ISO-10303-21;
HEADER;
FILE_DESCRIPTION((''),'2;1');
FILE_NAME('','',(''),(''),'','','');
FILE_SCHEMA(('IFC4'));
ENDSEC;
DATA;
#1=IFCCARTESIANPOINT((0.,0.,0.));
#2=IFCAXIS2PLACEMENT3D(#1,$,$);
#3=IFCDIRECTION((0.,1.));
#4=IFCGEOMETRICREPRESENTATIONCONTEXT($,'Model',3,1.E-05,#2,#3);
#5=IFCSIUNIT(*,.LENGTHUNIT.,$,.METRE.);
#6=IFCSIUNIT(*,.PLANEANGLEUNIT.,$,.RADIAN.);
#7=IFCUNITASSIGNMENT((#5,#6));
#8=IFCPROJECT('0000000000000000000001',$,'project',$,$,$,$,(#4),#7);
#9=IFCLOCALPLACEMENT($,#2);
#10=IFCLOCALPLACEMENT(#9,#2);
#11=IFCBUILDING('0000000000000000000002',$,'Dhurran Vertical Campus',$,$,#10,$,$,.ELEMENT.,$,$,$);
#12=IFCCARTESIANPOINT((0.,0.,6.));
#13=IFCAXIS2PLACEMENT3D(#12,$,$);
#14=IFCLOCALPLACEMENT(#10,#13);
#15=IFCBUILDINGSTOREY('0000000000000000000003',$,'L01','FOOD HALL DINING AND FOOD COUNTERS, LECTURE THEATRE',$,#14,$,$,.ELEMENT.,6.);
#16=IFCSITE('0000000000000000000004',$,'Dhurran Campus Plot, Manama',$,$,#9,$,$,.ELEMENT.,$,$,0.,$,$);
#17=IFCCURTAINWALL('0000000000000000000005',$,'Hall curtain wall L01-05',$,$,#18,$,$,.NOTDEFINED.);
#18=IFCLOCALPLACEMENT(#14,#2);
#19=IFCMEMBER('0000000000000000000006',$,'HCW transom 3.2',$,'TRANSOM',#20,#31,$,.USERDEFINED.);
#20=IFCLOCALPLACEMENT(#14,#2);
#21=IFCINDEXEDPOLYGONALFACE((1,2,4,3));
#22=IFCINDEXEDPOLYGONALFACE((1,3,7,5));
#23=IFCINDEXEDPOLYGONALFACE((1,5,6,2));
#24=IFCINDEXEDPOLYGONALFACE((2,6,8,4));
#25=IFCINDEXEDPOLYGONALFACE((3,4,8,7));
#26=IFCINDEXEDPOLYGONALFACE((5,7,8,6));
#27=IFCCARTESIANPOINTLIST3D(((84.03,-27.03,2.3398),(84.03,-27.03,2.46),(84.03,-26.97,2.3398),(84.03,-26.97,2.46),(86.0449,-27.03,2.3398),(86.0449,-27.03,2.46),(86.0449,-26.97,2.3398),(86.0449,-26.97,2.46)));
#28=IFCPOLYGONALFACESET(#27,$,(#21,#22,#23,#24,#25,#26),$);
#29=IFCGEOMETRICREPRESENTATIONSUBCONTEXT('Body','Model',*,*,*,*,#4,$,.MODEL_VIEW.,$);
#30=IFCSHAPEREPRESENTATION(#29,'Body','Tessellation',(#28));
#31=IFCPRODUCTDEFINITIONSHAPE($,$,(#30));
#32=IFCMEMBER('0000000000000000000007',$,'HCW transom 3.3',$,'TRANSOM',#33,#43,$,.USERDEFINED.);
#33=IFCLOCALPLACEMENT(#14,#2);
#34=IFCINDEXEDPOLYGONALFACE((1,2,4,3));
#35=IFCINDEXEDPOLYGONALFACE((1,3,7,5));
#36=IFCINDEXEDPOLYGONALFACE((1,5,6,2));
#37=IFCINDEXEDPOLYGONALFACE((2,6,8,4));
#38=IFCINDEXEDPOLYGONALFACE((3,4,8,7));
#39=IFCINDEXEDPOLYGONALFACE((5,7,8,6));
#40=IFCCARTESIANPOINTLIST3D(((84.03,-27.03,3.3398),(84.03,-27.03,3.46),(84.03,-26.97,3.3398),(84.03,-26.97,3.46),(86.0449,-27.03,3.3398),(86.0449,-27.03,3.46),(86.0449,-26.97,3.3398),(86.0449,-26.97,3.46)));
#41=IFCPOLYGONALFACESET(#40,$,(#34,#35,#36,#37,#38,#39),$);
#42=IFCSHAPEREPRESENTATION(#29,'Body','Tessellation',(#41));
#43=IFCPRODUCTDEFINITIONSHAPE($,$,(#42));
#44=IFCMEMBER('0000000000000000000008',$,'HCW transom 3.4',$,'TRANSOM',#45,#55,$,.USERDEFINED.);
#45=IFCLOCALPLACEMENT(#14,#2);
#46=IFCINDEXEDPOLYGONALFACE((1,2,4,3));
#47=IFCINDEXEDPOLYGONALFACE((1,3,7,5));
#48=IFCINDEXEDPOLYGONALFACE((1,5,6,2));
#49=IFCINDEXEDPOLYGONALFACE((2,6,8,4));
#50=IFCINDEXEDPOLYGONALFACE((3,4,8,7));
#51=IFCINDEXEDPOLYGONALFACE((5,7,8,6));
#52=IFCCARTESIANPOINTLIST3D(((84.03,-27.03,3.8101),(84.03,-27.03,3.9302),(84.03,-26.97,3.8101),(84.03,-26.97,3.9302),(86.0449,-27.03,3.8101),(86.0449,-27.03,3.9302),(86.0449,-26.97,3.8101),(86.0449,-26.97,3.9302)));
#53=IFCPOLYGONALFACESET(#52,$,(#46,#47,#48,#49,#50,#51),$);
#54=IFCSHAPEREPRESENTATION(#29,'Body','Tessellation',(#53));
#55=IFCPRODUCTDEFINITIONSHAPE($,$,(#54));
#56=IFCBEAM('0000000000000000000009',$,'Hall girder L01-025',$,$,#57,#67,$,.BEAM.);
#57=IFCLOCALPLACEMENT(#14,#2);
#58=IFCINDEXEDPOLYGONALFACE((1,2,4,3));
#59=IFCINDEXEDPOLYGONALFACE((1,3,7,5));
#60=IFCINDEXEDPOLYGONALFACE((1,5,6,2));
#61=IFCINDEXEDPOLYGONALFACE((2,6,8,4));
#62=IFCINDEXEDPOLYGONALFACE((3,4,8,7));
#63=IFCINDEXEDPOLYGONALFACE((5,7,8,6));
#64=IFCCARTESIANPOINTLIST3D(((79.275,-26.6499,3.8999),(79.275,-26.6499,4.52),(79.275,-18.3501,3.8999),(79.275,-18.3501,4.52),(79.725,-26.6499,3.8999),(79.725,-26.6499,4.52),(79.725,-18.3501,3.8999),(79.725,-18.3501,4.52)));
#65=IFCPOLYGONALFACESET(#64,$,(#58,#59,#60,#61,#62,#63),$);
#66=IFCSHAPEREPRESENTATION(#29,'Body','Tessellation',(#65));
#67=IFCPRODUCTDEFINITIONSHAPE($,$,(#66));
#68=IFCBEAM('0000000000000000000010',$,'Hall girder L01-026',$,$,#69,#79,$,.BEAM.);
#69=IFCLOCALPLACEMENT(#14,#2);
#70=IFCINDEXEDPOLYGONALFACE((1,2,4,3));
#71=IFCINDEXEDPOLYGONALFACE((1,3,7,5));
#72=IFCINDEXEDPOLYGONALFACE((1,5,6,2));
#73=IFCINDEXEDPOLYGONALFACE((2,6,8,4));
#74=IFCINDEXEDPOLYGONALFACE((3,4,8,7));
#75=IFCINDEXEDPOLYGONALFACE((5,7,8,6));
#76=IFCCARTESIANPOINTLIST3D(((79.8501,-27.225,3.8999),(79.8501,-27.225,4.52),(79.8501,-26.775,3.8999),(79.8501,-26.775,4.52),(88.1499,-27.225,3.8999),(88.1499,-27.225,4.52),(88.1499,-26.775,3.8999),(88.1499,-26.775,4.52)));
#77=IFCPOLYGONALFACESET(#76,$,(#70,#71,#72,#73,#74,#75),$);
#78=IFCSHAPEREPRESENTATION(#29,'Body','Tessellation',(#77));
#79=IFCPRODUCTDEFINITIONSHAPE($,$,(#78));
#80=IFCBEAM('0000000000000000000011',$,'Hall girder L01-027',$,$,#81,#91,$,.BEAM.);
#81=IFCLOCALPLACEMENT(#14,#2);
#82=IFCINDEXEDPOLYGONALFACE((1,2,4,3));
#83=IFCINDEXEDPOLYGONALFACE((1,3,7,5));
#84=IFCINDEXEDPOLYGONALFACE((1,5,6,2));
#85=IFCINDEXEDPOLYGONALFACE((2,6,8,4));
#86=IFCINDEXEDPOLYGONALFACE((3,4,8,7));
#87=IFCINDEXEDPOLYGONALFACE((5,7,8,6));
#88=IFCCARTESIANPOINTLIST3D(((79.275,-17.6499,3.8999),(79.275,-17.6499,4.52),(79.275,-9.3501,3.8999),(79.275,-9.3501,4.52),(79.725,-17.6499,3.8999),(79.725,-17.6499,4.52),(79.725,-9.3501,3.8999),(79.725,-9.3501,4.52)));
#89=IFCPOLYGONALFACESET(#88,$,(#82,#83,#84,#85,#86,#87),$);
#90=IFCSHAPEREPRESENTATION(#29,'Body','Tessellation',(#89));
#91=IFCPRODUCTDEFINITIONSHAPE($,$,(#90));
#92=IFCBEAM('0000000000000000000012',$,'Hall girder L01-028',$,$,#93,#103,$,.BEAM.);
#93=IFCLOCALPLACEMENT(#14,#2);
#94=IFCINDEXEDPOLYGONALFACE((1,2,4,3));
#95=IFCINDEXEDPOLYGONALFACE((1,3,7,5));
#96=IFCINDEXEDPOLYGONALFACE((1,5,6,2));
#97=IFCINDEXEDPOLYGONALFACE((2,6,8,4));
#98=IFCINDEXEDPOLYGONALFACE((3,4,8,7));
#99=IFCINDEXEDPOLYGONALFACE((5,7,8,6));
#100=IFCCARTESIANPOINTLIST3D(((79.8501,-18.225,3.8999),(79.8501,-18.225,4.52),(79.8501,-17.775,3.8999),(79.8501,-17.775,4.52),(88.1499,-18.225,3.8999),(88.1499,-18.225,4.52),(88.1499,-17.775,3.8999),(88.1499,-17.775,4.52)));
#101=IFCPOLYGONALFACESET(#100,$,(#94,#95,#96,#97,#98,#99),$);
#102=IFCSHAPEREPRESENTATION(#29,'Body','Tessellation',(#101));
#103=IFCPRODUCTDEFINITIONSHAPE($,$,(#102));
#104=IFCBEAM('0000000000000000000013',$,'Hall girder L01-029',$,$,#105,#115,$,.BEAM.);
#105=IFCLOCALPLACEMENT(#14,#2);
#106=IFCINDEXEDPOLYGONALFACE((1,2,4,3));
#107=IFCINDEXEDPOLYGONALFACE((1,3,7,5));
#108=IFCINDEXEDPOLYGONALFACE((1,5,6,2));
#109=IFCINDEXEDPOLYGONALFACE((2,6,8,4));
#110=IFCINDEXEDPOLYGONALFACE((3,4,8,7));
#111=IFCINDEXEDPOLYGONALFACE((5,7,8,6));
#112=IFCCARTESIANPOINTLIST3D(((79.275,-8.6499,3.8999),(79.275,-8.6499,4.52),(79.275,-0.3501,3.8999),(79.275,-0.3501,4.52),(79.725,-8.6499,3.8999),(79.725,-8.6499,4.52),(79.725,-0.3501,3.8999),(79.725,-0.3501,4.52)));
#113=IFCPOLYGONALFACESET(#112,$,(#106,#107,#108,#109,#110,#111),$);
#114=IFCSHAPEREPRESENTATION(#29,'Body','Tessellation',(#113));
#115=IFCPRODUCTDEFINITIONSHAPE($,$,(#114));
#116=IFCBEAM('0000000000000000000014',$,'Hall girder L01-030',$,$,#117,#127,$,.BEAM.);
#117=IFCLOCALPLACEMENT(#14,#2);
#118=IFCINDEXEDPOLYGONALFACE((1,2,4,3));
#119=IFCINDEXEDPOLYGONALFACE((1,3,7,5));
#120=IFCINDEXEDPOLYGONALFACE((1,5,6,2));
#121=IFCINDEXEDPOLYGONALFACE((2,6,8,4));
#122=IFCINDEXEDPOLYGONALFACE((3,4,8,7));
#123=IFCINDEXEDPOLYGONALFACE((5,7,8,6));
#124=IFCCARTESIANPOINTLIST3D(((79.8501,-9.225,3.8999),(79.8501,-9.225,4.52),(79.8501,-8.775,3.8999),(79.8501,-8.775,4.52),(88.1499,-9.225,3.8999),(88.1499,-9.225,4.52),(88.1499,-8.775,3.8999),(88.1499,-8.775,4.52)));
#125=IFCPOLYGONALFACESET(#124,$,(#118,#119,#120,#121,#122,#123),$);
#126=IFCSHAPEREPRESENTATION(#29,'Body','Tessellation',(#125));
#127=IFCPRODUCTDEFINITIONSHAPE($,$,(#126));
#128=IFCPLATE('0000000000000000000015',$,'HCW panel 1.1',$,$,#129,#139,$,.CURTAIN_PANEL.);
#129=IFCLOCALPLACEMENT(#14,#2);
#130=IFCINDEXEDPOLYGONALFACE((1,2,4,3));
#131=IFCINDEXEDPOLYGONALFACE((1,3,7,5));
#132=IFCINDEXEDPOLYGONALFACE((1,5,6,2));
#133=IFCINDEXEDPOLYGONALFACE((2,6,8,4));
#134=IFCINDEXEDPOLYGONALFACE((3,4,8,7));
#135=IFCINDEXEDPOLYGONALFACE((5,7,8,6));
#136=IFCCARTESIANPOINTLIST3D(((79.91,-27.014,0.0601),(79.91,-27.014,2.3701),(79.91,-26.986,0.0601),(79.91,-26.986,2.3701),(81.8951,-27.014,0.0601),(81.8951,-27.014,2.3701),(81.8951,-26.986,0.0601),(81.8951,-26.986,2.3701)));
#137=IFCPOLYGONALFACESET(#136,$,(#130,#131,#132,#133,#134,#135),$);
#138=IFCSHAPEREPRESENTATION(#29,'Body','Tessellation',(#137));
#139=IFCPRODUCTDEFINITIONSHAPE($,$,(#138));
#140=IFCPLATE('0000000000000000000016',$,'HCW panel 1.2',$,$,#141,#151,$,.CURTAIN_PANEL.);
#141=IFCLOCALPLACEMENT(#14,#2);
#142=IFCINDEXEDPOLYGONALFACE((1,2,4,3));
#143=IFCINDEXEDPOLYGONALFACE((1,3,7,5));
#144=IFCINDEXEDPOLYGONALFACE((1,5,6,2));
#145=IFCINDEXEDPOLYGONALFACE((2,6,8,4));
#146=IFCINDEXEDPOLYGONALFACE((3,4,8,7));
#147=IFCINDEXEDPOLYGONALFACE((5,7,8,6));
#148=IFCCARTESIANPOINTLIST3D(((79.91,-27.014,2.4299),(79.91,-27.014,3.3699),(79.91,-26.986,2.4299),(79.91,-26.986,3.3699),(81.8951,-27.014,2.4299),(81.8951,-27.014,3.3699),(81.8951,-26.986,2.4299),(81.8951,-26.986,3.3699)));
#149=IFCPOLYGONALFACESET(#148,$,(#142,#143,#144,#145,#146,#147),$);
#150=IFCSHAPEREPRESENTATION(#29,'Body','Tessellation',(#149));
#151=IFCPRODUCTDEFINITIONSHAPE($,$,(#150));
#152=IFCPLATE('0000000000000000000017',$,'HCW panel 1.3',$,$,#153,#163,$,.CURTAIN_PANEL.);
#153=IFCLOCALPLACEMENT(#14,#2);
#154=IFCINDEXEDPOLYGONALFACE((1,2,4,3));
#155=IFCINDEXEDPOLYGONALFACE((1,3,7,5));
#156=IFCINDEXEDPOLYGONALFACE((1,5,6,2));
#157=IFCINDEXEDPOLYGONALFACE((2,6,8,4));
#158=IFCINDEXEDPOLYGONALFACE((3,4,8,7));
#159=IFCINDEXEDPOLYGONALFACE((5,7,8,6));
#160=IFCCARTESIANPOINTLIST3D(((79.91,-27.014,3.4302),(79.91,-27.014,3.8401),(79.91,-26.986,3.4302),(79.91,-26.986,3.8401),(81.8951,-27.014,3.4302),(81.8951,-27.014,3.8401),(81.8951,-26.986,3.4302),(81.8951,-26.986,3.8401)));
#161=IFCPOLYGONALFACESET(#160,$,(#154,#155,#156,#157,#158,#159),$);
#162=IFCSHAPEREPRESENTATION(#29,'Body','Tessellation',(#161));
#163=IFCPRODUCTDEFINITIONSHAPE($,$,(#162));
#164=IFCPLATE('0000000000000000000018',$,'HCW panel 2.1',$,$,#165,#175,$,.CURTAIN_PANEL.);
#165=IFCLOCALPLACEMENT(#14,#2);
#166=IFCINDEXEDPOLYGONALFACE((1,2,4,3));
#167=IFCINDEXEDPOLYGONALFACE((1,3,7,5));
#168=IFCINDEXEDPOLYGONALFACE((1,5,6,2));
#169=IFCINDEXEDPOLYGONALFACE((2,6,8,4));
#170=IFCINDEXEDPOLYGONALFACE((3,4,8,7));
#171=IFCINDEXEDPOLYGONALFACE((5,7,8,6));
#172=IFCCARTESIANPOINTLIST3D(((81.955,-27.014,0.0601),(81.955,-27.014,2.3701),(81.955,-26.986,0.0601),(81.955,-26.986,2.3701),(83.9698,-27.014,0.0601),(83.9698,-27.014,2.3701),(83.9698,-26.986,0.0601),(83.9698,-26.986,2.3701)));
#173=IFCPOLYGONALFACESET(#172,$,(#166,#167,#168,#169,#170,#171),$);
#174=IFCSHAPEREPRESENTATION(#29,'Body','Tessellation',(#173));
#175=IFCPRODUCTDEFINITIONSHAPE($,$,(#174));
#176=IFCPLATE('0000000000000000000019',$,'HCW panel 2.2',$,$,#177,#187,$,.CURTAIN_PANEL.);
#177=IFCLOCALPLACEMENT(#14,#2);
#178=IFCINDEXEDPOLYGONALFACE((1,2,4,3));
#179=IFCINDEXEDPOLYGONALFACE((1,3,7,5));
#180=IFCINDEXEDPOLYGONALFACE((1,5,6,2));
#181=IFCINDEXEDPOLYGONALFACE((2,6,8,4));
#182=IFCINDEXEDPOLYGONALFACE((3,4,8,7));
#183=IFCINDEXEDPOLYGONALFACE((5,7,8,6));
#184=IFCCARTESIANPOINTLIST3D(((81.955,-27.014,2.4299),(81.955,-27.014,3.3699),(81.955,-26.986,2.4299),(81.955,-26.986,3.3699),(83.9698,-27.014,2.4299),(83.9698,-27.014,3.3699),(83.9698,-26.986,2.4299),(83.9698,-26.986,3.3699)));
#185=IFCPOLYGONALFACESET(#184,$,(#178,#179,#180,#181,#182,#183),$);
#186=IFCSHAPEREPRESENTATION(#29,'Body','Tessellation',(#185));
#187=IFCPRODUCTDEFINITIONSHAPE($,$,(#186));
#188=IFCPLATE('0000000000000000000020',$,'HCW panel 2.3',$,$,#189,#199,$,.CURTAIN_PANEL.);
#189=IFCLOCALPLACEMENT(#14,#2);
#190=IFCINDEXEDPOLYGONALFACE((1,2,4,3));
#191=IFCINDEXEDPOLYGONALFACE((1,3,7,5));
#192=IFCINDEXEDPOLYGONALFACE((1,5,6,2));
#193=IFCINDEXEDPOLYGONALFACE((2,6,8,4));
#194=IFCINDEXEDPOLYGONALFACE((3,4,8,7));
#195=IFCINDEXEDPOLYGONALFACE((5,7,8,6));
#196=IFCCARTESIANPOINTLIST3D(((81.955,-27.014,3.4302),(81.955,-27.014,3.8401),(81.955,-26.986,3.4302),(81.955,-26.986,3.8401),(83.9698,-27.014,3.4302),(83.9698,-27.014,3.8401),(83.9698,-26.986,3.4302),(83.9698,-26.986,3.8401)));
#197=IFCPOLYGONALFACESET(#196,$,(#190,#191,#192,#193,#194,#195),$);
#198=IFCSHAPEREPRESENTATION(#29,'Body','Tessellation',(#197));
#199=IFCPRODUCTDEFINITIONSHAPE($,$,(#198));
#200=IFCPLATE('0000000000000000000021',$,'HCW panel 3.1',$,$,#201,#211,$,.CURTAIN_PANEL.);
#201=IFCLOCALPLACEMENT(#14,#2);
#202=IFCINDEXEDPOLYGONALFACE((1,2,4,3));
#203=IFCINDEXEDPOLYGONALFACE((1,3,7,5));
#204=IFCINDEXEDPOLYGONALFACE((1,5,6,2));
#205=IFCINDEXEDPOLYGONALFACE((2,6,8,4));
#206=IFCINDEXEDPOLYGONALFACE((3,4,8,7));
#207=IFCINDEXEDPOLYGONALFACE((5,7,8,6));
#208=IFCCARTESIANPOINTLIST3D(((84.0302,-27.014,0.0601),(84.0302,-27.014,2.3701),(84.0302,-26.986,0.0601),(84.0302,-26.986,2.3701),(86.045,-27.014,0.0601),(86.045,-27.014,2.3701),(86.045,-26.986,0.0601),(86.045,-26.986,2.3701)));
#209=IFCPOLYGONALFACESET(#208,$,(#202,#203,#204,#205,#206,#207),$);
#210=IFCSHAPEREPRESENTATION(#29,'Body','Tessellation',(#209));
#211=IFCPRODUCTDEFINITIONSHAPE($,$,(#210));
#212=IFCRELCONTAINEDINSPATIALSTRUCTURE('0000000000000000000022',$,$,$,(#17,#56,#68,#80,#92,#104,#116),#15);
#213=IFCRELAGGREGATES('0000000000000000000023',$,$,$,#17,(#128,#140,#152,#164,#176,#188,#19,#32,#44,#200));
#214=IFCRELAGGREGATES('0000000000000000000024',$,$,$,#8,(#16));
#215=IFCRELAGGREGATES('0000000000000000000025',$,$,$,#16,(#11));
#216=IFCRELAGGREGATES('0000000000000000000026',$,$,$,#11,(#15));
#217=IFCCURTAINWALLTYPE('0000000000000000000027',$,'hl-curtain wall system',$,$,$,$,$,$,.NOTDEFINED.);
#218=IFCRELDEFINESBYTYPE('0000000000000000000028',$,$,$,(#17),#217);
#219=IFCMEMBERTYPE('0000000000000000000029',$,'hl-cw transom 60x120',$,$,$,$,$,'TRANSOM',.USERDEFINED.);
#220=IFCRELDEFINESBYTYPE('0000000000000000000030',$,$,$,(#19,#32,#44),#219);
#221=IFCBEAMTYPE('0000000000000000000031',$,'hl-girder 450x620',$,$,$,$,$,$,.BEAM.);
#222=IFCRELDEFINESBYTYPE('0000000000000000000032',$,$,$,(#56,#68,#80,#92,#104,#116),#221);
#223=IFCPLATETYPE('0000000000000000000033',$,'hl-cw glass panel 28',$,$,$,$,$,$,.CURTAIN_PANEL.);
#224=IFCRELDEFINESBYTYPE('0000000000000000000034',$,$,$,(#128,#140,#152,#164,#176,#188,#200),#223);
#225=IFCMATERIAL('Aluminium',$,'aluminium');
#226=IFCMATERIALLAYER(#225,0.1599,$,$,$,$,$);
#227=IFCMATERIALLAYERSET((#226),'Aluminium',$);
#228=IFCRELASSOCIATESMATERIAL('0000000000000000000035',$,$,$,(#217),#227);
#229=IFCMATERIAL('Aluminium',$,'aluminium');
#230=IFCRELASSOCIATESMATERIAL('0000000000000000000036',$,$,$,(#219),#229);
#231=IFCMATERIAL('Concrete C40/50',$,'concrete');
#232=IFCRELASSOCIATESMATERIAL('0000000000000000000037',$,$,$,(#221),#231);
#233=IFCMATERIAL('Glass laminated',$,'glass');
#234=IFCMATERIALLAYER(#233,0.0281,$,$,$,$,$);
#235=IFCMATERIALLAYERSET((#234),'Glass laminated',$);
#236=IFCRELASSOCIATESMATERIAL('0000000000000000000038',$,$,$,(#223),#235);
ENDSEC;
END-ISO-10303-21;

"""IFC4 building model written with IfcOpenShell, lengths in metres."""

from ifc_helpers import new_model, si_unit, direction, frame, origin, origin_2d, place, context, subcontext, project, spatial, rectangle, extrude, material, layer, layer_set, material_profile, profile_set, type_object, element, aggregate, save


model = new_model("IFC4")

# Units and contexts
model_context = context("Model", 3, precision=1e-05, world=origin(), true_north=direction((0.0, 1.0)))
body_context = subcontext(model_context, "Body", "Model", "MODEL_VIEW")
ifc_project = project(units=[si_unit("LENGTHUNIT", "METRE"), si_unit("PLANEANGLEUNIT", "RADIAN")], contexts=[model_context])

# Site, building, storey
site_placement = place(None, origin())
site = spatial("IfcSite", under=ifc_project, at=site_placement, Name="Dhurran Campus Plot, Manama", CompositionType="ELEMENT", RefElevation=0.0)
building_placement = place(site_placement, origin())
building = spatial("IfcBuilding", under=site, at=building_placement, Name="Dhurran Vertical Campus", CompositionType="ELEMENT")
storey_placement = place(building_placement, frame((0.0, 0.0, 6.0)))
storey = spatial("IfcBuildingStorey", under=building, at=storey_placement, Name="L01", Description="FOOD HALL DINING AND FOOD COUNTERS, LECTURE THEATRE", CompositionType="ELEMENT", Elevation=6.0)

# Curtain wall, members
ifc_material_1 = material(Name="Aluminium", Category="aluminium")
ifc_layer_1 = layer(ifc_material_1, 0.1599)
ifc_layer_set_1 = layer_set([ifc_layer_1], Name="Aluminium")
curtain_wall_type = type_object("IfcCurtainWallType", Name="hl-curtain wall system", PredefinedType="NOTDEFINED", material=ifc_layer_set_1)
curtain_wall_placement = place(storey_placement, origin())
curtain_wall = element("IfcCurtainWall", 1, at=curtain_wall_placement, inside=storey, type_object=curtain_wall_type, Name="Hall curtain wall L01-05", PredefinedType="NOTDEFINED")
ifc_material_2 = material(Name="Aluminium", Category="aluminium")
ifc_material_profile_1 = material_profile(ifc_material_2, rectangle(XDim=0.0601, YDim=0.1201, at=origin_2d()), Name="hl-cw transom 60x120")
ifc_profile_set_1 = profile_set([ifc_material_profile_1], Name="Aluminium")
member_type_1 = type_object("IfcMemberType", Name="hl-cw transom 60x120", ElementType="TRANSOM", PredefinedType="USERDEFINED", material=ifc_profile_set_1)
member_1_placement = place(storey_placement, frame((84.03, -27.0, 2.3999), z_axis=(1.0, 0.0, 0.0), x_axis=(0.0, 1.0, 0.0)))
member_1 = element("IfcMember", 2, at=member_1_placement, type_object=member_type_1, Name="HCW transom 3.2", ObjectType="TRANSOM", PredefinedType="USERDEFINED", context=body_context, shape_type="SweptSolid", body=[
    extrude(rectangle(XDim=0.0601, YDim=0.1201, at=origin_2d()), origin(), (0.0, 0.0, 1.0), 2.0149),
])
member_2_placement = place(storey_placement, frame((84.03, -27.0, 3.3999), z_axis=(1.0, 0.0, 0.0), x_axis=(0.0, 1.0, 0.0)))
member_2 = element("IfcMember", 3, at=member_2_placement, type_object=member_type_1, Name="HCW transom 3.3", ObjectType="TRANSOM", PredefinedType="USERDEFINED", context=body_context, shape_type="SweptSolid", body=[
    extrude(rectangle(XDim=0.0601, YDim=0.1201, at=origin_2d()), origin(), (0.0, 0.0, 1.0), 2.0149),
])
member_3_placement = place(storey_placement, frame((84.03, -27.0, 3.8701), z_axis=(1.0, 0.0, 0.0), x_axis=(0.0, 1.0, 0.0)))
member_3 = element("IfcMember", 4, at=member_3_placement, type_object=member_type_1, Name="HCW transom 3.4", ObjectType="TRANSOM", PredefinedType="USERDEFINED", context=body_context, shape_type="SweptSolid", body=[
    extrude(rectangle(XDim=0.0601, YDim=0.1201, at=origin_2d()), origin(), (0.0, 0.0, 1.0), 2.0149),
])

# Beams
ifc_material_3 = material(Name="Concrete C40/50", Category="concrete")
ifc_material_profile_2 = material_profile(ifc_material_3, rectangle(XDim=0.45, YDim=0.6201, at=origin_2d()), Name="hl-girder 450x620")
ifc_profile_set_2 = profile_set([ifc_material_profile_2], Name="Concrete C40/50")
beam_type = type_object("IfcBeamType", Name="hl-girder 450x620", PredefinedType="BEAM", material=ifc_profile_set_2)
for number, where, z_axis, x_axis, name in (
    (5, (79.5, -26.6499, 4.21), (0.0, 1.0, 0.0), (-1.0, 0.0, 0.0), "Hall girder L01-025"),
    (6, (79.8501, -27.0, 4.21), (1.0, 0.0, 0.0), (0.0, 1.0, 0.0), "Hall girder L01-026"),
    (7, (79.5, -17.6499, 4.21), (0.0, 1.0, 0.0), (-1.0, 0.0, 0.0), "Hall girder L01-027"),
    (8, (79.8501, -18.0, 4.21), (1.0, 0.0, 0.0), (0.0, 1.0, 0.0), "Hall girder L01-028"),
    (9, (79.5, -8.6499, 4.21), (0.0, 1.0, 0.0), (-1.0, 0.0, 0.0), "Hall girder L01-029"),
    (10, (79.8501, -9.0, 4.21), (1.0, 0.0, 0.0), (0.0, 1.0, 0.0), "Hall girder L01-030"),
):
    element("IfcBeam", number, at=place(storey_placement, frame(where, z_axis=z_axis, x_axis=x_axis)), inside=storey, type_object=beam_type, Name=name, PredefinedType="BEAM", context=body_context, shape_type="SweptSolid", body=[
        extrude(rectangle(XDim=0.45, YDim=0.6201, at=origin_2d()), origin(), (0.0, 0.0, 1.0), 8.2998),
    ])

# Plates
ifc_material_4 = material(Name="Glass laminated", Category="glass")
ifc_layer_2 = layer(ifc_material_4, 0.0281)
ifc_layer_set_2 = layer_set([ifc_layer_2], Name="Glass laminated")
plate_type = type_object("IfcPlateType", Name="hl-cw glass panel 28", PredefinedType="CURTAIN_PANEL", material=ifc_layer_set_2)
plate_1_placement = place(storey_placement, frame((80.9026, -27.0, 0.0601), z_axis=(0.0, 0.0, 1.0), x_axis=(1.0, 0.0, 0.0)))
plate_1 = element("IfcPlate", 11, at=plate_1_placement, type_object=plate_type, Name="HCW panel 1.1", PredefinedType="CURTAIN_PANEL", context=body_context, shape_type="SweptSolid", body=[
    extrude(rectangle(XDim=1.9851, YDim=0.0281, at=origin_2d()), origin(), (0.0, 0.0, 1.0), 2.3101),
])
plate_2_placement = place(storey_placement, frame((80.9026, -27.0, 2.4299), z_axis=(0.0, 0.0, 1.0), x_axis=(1.0, 0.0, 0.0)))
plate_2 = element("IfcPlate", 12, at=plate_2_placement, type_object=plate_type, Name="HCW panel 1.2", PredefinedType="CURTAIN_PANEL", context=body_context, shape_type="SweptSolid", body=[
    extrude(rectangle(XDim=1.9851, YDim=0.0281, at=origin_2d()), origin(), (0.0, 0.0, 1.0), 0.9399),
])
plate_3_placement = place(storey_placement, frame((80.9026, -27.0, 3.4302), z_axis=(0.0, 0.0, 1.0), x_axis=(1.0, 0.0, 0.0)))
plate_3 = element("IfcPlate", 13, at=plate_3_placement, type_object=plate_type, Name="HCW panel 1.3", PredefinedType="CURTAIN_PANEL", context=body_context, shape_type="SweptSolid", body=[
    extrude(rectangle(XDim=1.9851, YDim=0.0281, at=origin_2d()), origin(), (0.0, 0.0, 1.0), 0.4099),
])
plate_4_placement = place(storey_placement, frame((82.9624, -27.0, 0.0601), z_axis=(0.0, 0.0, 1.0), x_axis=(1.0, 0.0, 0.0)))
plate_4 = element("IfcPlate", 14, at=plate_4_placement, type_object=plate_type, Name="HCW panel 2.1", PredefinedType="CURTAIN_PANEL", context=body_context, shape_type="SweptSolid", body=[
    extrude(rectangle(XDim=2.0149, YDim=0.0281, at=origin_2d()), origin(), (0.0, 0.0, 1.0), 2.3101),
])
plate_5_placement = place(storey_placement, frame((82.9624, -27.0, 2.4299), z_axis=(0.0, 0.0, 1.0), x_axis=(1.0, 0.0, 0.0)))
plate_5 = element("IfcPlate", 15, at=plate_5_placement, type_object=plate_type, Name="HCW panel 2.2", PredefinedType="CURTAIN_PANEL", context=body_context, shape_type="SweptSolid", body=[
    extrude(rectangle(XDim=2.0149, YDim=0.0281, at=origin_2d()), origin(), (0.0, 0.0, 1.0), 0.9399),
])
plate_6_placement = place(storey_placement, frame((82.9624, -27.0, 3.4302), z_axis=(0.0, 0.0, 1.0), x_axis=(1.0, 0.0, 0.0)))
plate_6 = element("IfcPlate", 16, at=plate_6_placement, type_object=plate_type, Name="HCW panel 2.3", PredefinedType="CURTAIN_PANEL", context=body_context, shape_type="SweptSolid", body=[
    extrude(rectangle(XDim=2.0149, YDim=0.0281, at=origin_2d()), origin(), (0.0, 0.0, 1.0), 0.4099),
])
plate_7_placement = place(storey_placement, frame((85.0376, -27.0, 0.0601), z_axis=(0.0, 0.0, 1.0), x_axis=(1.0, 0.0, 0.0)))
plate_7 = element("IfcPlate", 17, at=plate_7_placement, type_object=plate_type, Name="HCW panel 3.1", PredefinedType="CURTAIN_PANEL", context=body_context, shape_type="SweptSolid", body=[
    extrude(rectangle(XDim=2.0149, YDim=0.0281, at=origin_2d()), origin(), (0.0, 0.0, 1.0), 2.3101),
])
aggregate(curtain_wall, [plate_1, plate_2, plate_3, plate_4, plate_5, plate_6, member_1, member_2, member_3, plate_7])

save(model, "model.ifc")
